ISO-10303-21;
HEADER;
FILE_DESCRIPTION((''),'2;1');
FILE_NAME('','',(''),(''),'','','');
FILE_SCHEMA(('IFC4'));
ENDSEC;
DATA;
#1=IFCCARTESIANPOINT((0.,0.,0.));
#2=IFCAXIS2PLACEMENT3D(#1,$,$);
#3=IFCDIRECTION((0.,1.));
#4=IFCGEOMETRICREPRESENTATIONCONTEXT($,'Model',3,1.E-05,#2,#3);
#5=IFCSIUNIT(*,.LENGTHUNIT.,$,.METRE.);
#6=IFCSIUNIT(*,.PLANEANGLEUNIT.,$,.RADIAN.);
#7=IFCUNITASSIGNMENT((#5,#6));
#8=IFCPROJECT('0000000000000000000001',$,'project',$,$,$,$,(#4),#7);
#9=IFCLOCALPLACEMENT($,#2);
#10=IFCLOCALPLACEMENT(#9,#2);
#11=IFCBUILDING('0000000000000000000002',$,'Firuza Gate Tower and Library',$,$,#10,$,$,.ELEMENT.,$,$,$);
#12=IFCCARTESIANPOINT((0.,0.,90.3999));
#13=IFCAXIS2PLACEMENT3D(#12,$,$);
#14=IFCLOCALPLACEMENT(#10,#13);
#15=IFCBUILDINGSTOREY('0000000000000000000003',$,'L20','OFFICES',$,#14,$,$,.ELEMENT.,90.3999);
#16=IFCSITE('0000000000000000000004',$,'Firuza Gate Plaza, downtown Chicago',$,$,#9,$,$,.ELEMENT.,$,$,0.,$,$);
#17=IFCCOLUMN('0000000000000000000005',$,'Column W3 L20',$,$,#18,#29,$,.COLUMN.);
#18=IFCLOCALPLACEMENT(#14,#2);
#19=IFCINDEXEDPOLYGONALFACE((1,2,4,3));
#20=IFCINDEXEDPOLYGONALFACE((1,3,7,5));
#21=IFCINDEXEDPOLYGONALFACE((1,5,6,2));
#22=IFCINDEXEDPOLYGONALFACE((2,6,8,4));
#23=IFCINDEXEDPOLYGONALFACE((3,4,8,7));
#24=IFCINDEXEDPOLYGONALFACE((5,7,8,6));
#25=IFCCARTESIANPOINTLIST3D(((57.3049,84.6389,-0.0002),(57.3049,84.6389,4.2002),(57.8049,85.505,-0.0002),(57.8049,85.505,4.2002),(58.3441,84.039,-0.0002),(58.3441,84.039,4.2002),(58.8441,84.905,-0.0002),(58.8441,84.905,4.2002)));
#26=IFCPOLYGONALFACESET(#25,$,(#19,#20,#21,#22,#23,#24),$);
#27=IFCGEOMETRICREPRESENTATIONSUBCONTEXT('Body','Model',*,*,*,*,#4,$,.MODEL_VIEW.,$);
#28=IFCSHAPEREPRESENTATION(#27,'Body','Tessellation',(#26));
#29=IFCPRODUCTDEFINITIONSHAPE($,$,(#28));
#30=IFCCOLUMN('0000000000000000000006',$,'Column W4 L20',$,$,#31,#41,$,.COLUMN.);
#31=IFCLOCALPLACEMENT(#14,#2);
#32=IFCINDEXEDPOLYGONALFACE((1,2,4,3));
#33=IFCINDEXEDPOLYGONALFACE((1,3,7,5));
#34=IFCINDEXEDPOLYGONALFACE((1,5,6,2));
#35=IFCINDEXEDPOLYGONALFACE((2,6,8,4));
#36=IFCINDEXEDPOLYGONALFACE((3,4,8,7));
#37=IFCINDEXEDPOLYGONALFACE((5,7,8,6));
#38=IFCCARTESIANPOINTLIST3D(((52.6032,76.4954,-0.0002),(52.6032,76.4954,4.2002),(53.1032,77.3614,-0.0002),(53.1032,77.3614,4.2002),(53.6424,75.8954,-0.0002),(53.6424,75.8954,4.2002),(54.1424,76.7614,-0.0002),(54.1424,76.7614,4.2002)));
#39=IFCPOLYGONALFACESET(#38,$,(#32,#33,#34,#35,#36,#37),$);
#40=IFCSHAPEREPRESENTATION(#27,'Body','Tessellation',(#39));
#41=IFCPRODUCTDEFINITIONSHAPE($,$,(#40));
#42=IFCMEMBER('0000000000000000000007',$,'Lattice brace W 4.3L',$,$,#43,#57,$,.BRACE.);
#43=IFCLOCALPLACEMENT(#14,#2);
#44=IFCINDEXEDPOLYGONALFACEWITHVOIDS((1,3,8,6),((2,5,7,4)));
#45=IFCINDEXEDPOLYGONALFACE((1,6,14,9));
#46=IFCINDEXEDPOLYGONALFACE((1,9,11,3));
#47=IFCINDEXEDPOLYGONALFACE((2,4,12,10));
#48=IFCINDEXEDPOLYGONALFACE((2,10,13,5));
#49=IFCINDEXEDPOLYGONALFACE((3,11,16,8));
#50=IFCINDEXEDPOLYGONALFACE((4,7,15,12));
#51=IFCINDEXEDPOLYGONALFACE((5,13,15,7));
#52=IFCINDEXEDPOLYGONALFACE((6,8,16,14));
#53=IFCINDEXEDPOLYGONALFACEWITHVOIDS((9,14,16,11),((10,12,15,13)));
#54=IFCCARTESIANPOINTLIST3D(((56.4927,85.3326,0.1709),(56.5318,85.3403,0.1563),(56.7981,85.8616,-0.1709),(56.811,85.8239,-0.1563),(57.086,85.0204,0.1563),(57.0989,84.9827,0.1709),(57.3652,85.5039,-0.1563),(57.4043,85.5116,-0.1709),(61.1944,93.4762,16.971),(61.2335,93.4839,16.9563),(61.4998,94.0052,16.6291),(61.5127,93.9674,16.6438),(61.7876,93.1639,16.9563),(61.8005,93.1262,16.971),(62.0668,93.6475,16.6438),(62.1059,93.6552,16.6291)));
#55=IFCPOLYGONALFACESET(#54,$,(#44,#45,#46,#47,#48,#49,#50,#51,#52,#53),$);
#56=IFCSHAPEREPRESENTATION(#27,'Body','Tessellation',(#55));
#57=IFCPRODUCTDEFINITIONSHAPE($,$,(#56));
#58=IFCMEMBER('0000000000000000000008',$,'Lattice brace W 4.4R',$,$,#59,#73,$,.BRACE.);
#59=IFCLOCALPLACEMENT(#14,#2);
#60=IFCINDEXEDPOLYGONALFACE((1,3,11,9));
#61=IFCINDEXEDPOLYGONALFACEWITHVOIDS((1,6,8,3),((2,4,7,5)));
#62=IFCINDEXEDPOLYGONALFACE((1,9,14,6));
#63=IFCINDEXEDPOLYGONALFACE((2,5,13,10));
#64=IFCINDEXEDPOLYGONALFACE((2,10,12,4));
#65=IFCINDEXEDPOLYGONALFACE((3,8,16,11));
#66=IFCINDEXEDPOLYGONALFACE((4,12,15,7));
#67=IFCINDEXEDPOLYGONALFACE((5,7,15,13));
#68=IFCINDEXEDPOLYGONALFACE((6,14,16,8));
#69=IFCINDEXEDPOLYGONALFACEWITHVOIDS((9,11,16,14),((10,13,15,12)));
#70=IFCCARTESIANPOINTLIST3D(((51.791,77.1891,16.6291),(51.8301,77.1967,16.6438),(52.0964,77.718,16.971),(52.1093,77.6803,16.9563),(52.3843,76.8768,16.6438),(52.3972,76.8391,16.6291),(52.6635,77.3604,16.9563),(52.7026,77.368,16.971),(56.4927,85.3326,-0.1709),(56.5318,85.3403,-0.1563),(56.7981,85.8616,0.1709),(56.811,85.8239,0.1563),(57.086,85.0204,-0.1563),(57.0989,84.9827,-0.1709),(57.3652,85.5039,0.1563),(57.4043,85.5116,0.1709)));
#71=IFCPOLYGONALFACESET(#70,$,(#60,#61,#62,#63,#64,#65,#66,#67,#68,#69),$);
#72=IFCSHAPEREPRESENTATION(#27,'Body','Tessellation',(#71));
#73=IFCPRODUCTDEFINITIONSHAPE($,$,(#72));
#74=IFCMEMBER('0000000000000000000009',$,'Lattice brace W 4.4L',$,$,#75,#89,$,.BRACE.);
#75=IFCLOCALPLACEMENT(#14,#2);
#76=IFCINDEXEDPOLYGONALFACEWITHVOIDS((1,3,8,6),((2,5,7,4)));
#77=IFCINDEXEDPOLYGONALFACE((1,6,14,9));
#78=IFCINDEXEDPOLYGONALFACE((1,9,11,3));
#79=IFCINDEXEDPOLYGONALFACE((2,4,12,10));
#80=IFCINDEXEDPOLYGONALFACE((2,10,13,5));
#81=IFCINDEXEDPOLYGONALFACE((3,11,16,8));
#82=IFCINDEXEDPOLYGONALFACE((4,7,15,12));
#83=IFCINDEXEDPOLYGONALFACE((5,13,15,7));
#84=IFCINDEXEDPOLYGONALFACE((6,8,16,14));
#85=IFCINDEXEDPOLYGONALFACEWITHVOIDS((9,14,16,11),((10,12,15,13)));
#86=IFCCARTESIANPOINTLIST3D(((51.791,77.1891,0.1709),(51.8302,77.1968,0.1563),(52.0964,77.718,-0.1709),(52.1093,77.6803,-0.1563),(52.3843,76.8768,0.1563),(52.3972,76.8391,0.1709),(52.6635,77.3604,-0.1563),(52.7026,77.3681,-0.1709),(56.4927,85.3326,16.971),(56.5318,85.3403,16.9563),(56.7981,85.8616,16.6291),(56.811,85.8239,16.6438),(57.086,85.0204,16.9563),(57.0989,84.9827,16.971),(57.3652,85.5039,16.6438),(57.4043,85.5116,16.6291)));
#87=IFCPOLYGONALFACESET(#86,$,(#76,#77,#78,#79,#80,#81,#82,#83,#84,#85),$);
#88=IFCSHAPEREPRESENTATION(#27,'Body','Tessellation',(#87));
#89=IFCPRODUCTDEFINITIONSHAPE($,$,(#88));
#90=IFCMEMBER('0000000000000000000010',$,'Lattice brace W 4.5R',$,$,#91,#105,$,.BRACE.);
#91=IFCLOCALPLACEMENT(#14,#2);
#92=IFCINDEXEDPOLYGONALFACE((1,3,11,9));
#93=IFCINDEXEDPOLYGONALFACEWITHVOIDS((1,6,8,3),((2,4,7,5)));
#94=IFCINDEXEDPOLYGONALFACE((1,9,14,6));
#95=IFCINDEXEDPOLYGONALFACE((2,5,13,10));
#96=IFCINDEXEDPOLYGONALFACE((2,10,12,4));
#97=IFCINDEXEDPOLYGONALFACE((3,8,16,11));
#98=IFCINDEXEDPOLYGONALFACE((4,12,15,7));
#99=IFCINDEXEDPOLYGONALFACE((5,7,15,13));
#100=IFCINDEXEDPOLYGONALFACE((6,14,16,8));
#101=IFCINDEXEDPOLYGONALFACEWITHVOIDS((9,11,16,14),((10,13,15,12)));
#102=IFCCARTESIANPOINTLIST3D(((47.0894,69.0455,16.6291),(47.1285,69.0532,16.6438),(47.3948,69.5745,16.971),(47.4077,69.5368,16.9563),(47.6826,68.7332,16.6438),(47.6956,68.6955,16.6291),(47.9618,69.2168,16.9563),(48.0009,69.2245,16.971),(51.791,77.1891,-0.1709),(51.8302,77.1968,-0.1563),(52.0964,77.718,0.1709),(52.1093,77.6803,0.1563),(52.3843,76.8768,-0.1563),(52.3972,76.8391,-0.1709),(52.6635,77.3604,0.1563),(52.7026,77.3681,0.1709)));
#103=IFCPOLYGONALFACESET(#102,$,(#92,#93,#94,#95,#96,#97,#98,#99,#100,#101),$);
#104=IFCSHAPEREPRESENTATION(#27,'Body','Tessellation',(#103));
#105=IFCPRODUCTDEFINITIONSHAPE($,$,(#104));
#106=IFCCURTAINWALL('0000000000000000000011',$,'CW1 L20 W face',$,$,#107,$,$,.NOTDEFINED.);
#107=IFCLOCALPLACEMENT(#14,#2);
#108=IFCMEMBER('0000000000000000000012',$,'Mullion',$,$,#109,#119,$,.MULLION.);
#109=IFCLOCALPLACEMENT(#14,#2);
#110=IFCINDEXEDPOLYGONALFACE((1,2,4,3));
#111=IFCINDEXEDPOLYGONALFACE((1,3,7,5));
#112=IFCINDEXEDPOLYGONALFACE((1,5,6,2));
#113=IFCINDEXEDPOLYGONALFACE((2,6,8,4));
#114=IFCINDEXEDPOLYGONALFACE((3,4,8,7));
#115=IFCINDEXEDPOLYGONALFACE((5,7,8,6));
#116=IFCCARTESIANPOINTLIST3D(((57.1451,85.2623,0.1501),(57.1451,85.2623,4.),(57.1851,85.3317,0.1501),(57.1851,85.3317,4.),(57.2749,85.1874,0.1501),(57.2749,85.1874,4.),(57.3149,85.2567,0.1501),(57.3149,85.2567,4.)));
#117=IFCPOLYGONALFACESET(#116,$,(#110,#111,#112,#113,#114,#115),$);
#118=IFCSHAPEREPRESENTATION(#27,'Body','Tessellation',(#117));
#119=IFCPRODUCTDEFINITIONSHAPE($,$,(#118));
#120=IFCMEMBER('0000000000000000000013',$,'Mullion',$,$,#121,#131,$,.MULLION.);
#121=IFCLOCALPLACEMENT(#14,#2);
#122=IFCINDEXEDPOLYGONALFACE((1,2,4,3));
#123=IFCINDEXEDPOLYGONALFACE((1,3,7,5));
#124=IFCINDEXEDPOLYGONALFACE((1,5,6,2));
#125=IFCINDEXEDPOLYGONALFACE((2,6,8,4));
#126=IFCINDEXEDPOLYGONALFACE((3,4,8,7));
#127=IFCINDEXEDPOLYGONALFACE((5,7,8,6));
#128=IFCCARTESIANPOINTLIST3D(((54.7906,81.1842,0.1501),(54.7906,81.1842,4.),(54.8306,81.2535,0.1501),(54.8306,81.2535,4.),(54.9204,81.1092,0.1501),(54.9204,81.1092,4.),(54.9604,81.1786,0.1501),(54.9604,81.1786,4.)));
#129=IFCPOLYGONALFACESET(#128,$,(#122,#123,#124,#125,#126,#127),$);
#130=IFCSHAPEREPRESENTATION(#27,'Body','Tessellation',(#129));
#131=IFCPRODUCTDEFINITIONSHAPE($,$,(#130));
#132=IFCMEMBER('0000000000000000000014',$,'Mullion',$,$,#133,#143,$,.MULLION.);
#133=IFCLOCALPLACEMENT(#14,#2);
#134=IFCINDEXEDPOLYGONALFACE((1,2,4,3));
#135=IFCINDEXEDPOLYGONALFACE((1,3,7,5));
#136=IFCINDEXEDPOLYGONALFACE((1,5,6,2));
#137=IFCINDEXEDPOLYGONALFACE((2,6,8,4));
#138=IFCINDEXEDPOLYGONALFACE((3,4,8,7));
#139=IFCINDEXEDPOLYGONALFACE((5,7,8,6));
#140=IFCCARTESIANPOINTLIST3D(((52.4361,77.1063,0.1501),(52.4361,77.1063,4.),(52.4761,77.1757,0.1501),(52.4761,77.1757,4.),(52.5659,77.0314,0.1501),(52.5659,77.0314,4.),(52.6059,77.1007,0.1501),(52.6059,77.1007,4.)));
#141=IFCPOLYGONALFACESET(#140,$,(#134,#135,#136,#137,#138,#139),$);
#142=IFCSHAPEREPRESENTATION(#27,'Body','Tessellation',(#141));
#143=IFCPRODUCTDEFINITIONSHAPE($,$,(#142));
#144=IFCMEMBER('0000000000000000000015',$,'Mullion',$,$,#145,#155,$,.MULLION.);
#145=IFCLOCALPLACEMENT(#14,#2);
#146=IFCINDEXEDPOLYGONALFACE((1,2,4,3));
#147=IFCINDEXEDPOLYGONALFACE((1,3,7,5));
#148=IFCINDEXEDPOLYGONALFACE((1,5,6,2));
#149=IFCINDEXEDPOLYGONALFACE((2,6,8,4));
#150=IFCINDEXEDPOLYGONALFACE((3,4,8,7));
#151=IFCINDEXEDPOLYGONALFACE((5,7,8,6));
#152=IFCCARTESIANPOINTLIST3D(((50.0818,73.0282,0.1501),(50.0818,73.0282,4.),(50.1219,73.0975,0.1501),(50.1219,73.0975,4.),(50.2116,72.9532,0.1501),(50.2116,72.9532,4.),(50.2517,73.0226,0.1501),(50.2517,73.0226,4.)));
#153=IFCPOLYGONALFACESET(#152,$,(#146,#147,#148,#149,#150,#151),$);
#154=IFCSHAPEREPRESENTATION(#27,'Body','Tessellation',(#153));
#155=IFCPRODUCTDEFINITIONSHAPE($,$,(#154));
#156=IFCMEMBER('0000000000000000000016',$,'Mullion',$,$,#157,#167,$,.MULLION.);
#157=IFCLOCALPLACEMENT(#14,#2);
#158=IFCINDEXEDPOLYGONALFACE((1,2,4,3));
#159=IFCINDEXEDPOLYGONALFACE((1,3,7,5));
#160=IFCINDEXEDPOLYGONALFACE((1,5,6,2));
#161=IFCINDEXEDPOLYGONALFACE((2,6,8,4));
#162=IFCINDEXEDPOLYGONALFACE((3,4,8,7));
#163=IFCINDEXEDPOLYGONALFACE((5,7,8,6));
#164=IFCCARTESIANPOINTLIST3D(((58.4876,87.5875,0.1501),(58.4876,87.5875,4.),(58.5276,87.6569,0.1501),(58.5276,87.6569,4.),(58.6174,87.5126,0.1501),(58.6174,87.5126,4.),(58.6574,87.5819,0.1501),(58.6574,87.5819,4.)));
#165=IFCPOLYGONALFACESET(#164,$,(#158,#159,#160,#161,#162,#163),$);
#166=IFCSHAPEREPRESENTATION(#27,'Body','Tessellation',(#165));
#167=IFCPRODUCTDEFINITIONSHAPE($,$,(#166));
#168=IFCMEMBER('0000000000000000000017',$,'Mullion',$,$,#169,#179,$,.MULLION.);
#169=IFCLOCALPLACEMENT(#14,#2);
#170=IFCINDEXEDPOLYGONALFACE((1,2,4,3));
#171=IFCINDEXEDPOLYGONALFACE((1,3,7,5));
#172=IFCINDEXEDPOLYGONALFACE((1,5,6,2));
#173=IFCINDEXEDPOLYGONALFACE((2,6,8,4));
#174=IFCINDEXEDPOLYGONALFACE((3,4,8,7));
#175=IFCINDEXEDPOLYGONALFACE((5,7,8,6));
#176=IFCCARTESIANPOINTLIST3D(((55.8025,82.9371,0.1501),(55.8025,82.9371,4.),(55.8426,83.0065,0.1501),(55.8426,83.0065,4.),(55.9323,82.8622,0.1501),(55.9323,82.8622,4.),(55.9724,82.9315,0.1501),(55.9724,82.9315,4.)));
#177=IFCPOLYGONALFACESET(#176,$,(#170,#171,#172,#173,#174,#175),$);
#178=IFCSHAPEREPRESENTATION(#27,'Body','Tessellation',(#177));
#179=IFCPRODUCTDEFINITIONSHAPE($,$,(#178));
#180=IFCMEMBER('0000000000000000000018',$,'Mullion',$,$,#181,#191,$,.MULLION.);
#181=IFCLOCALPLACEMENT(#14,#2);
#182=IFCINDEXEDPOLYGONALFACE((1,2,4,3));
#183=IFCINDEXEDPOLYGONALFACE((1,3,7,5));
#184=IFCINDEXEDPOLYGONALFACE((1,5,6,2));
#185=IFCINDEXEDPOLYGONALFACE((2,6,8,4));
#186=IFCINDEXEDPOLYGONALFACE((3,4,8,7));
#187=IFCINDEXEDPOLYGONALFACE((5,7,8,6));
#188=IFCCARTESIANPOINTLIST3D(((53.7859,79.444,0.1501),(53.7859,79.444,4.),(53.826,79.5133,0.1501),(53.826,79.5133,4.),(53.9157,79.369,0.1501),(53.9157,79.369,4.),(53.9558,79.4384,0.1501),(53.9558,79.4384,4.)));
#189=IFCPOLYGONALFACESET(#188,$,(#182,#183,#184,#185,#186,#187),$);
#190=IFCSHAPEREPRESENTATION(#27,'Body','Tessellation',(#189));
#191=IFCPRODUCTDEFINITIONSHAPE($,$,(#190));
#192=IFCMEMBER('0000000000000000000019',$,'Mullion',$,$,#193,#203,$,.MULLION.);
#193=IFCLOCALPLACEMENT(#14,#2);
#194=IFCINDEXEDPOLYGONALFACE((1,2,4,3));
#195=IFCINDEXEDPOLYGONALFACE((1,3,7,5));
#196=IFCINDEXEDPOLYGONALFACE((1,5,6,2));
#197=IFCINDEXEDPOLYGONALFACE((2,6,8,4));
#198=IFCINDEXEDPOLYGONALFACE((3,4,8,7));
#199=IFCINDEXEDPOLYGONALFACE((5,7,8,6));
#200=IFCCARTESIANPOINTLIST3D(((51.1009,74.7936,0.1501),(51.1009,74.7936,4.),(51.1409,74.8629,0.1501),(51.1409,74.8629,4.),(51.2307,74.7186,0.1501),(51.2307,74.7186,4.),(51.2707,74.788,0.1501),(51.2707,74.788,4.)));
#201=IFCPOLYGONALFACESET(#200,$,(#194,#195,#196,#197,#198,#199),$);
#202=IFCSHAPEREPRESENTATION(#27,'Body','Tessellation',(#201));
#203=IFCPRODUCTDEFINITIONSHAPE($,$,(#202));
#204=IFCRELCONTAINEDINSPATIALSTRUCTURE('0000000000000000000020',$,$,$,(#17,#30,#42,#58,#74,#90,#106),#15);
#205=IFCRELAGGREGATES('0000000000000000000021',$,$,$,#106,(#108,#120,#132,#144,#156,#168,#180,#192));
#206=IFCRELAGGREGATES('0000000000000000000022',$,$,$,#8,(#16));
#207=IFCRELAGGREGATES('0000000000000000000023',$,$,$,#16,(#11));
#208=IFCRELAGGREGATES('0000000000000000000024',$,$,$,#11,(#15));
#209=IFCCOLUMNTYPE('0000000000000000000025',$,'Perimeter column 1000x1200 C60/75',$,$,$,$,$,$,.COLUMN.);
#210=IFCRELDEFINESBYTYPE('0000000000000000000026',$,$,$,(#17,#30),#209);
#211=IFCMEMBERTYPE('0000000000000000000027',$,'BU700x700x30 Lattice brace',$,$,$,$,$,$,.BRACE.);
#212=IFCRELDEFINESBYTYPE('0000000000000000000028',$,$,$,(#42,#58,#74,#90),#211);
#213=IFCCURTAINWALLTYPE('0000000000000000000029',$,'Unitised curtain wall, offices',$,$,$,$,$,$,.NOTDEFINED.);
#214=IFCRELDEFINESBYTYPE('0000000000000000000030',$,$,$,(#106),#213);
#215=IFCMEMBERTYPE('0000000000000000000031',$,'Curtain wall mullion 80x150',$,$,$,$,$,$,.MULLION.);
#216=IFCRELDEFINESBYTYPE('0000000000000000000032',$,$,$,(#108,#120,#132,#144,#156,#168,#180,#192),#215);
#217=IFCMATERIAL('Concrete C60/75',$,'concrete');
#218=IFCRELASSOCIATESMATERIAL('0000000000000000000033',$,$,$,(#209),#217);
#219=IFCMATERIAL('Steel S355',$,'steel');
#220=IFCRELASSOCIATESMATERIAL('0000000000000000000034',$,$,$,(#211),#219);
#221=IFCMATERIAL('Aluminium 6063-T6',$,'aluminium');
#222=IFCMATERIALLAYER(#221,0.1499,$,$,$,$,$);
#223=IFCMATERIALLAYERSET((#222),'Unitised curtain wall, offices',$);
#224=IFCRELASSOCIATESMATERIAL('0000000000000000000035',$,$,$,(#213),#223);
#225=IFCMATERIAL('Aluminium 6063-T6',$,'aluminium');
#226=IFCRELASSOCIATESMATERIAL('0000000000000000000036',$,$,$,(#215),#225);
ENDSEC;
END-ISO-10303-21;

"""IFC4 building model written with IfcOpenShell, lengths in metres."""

from ifc_helpers import new_model, si_unit, direction, frame, origin, origin_2d, place, context, subcontext, project, spatial, rectangle, hollow_rectangle, extrude, material, layer, layer_set, material_profile, profile_set, type_object, element, aggregate, save


model = new_model("IFC4")

# Units and contexts
model_context = context("Model", 3, precision=1e-05, world=origin(), true_north=direction((0.0, 1.0)))
body_context = subcontext(model_context, "Body", "Model", "MODEL_VIEW")
ifc_project = project(units=[si_unit("LENGTHUNIT", "METRE"), si_unit("PLANEANGLEUNIT", "RADIAN")], contexts=[model_context])

# Site, building, storey
site_placement = place(None, origin())
site = spatial("IfcSite", under=ifc_project, at=site_placement, Name="Firuza Gate Plaza, downtown Chicago", CompositionType="ELEMENT", RefElevation=0.0)
building_placement = place(site_placement, origin())
building = spatial("IfcBuilding", under=site, at=building_placement, Name="Firuza Gate Tower and Library", CompositionType="ELEMENT")
storey_placement = place(building_placement, frame((0.0, 0.0, 90.3999)))
storey = spatial("IfcBuildingStorey", under=building, at=storey_placement, Name="L20", Description="OFFICES", CompositionType="ELEMENT", Elevation=90.3999)

# Columns
ifc_material_1 = material(Name="Concrete C60/75", Category="concrete")
ifc_material_profile_1 = material_profile(ifc_material_1, rectangle(XDim=1.0, YDim=1.2, at=origin_2d()))
ifc_profile_set_1 = profile_set([ifc_material_profile_1], Name="Concrete C60/75")
column_type = type_object("IfcColumnType", Name="Perimeter column 1000x1200 C60/75", PredefinedType="COLUMN", material=ifc_profile_set_1)
for number, where, z_axis, x_axis, name in (
    (1, (58.0745, 84.772, -0.0002), (0.0, 0.0, 1.0), (-0.5, -0.866025, 0.0), "Column W3 L20"),
    (2, (53.3728, 76.6284, -0.0002), (0.0, 0.0, 1.0), (-0.5, -0.866025, 0.0), "Column W4 L20"),
):
    element("IfcColumn", number, at=place(storey_placement, frame(where, z_axis=z_axis, x_axis=x_axis)), inside=storey, type_object=column_type, Name=name, PredefinedType="COLUMN", context=body_context, shape_type="SweptSolid", body=[
        extrude(rectangle(XDim=1.0, YDim=1.2, at=origin_2d()), origin(), (0.0, 0.0, 1.0), 4.2004),
    ])

# Members
ifc_material_2 = material(Name="Steel S355", Category="steel")
ifc_material_profile_2 = material_profile(ifc_material_2, hollow_rectangle(XDim=0.7, YDim=0.7, WallThickness=0.03, at=origin_2d()))
ifc_profile_set_2 = profile_set([ifc_material_profile_2], Name="Steel S355")
member_type_1 = type_object("IfcMemberType", Name="BU700x700x30 Lattice brace", PredefinedType="BRACE", material=ifc_profile_set_2)
for number, where, z_axis, x_axis, name in (
    (3, (56.9485, 85.4221, 0.0), (0.244208, 0.422983, 0.872609), (-0.866026, 0.499998, 0.0), "Lattice brace W 4.3L"),
    (4, (56.9485, 85.4221, 0.0), (-0.244208, -0.422983, 0.872609), (0.866026, -0.499998, 0.0), "Lattice brace W 4.4R"),
    (5, (52.2468, 77.2786, 0.0), (0.244208, 0.422983, 0.872609), (-0.866026, 0.499998, 0.0), "Lattice brace W 4.4L"),
    (6, (52.2468, 77.2786, 0.0), (-0.244208, -0.422983, 0.872609), (0.866026, -0.499998, 0.0), "Lattice brace W 4.5R"),
):
    element("IfcMember", number, at=place(storey_placement, frame(where, z_axis=z_axis, x_axis=x_axis)), inside=storey, type_object=member_type_1, Name=name, PredefinedType="BRACE", context=body_context, shape_type="SweptSolid", body=[
        extrude(hollow_rectangle(XDim=0.7, YDim=0.7, WallThickness=0.03, at=origin_2d()), origin(), (0.0, 0.0, 1.0), 19.2527),
    ])

# Curtain wall, members
ifc_material_3 = material(Name="Aluminium 6063-T6", Category="aluminium")
ifc_layer_1 = layer(ifc_material_3, 0.1499)
ifc_layer_set_1 = layer_set([ifc_layer_1], Name="Unitised curtain wall, offices")
curtain_wall_type = type_object("IfcCurtainWallType", Name="Unitised curtain wall, offices", PredefinedType="NOTDEFINED", material=ifc_layer_set_1)
curtain_wall_placement = place(storey_placement, origin())
curtain_wall = element("IfcCurtainWall", 7, at=curtain_wall_placement, inside=storey, type_object=curtain_wall_type, Name="CW1 L20 W face", PredefinedType="NOTDEFINED")
ifc_material_4 = material(Name="Aluminium 6063-T6", Category="aluminium")
ifc_material_profile_3 = material_profile(ifc_material_4, rectangle(XDim=0.1499, YDim=0.0801, at=origin_2d()))
ifc_profile_set_3 = profile_set([ifc_material_profile_3], Name="Aluminium 6063-T6")
member_type_2 = type_object("IfcMemberType", Name="Curtain wall mullion 80x150", PredefinedType="MULLION", material=ifc_profile_set_3)
member_1_placement = place(storey_placement, frame((57.23, 85.2595, 0.1501), z_axis=(0.0, 0.0, 1.0), x_axis=(0.866025, -0.5, 0.0)))
member_1 = element("IfcMember", 8, at=member_1_placement, type_object=member_type_2, Name="Mullion", PredefinedType="MULLION", context=body_context, shape_type="SweptSolid", body=[
    extrude(rectangle(XDim=0.1499, YDim=0.0801, at=origin_2d()), origin(), (0.0, 0.0, 1.0), 3.8499),
])
member_2_placement = place(storey_placement, frame((54.8755, 81.1814, 0.1501), z_axis=(0.0, 0.0, 1.0), x_axis=(0.866025, -0.5, 0.0)))
member_2 = element("IfcMember", 9, at=member_2_placement, type_object=member_type_2, Name="Mullion", PredefinedType="MULLION", context=body_context, shape_type="SweptSolid", body=[
    extrude(rectangle(XDim=0.1499, YDim=0.0801, at=origin_2d()), origin(), (0.0, 0.0, 1.0), 3.8499),
])
member_3_placement = place(storey_placement, frame((52.521, 77.1035, 0.1501), z_axis=(0.0, 0.0, 1.0), x_axis=(0.866025, -0.5, 0.0)))
member_3 = element("IfcMember", 10, at=member_3_placement, type_object=member_type_2, Name="Mullion", PredefinedType="MULLION", context=body_context, shape_type="SweptSolid", body=[
    extrude(rectangle(XDim=0.1499, YDim=0.0801, at=origin_2d()), origin(), (0.0, 0.0, 1.0), 3.8499),
])
member_4_placement = place(storey_placement, frame((50.1667, 73.0254, 0.1501), z_axis=(0.0, 0.0, 1.0), x_axis=(0.866025, -0.5, 0.0)))
member_4 = element("IfcMember", 11, at=member_4_placement, type_object=member_type_2, Name="Mullion", PredefinedType="MULLION", context=body_context, shape_type="SweptSolid", body=[
    extrude(rectangle(XDim=0.1499, YDim=0.0801, at=origin_2d()), origin(), (0.0, 0.0, 1.0), 3.8499),
])
member_5_placement = place(storey_placement, frame((58.5725, 87.5847, 0.1501), z_axis=(0.0, 0.0, 1.0), x_axis=(0.866025, -0.5, 0.0)))
member_5 = element("IfcMember", 12, at=member_5_placement, type_object=member_type_2, Name="Mullion", PredefinedType="MULLION", context=body_context, shape_type="SweptSolid", body=[
    extrude(rectangle(XDim=0.1499, YDim=0.0801, at=origin_2d()), origin(), (0.0, 0.0, 1.0), 3.8499),
])
member_6_placement = place(storey_placement, frame((55.8875, 82.9343, 0.1501), z_axis=(0.0, 0.0, 1.0), x_axis=(0.866025, -0.5, 0.0)))
member_6 = element("IfcMember", 13, at=member_6_placement, type_object=member_type_2, Name="Mullion", PredefinedType="MULLION", context=body_context, shape_type="SweptSolid", body=[
    extrude(rectangle(XDim=0.1499, YDim=0.0801, at=origin_2d()), origin(), (0.0, 0.0, 1.0), 3.8499),
])
member_7_placement = place(storey_placement, frame((53.8708, 79.4412, 0.1501), z_axis=(0.0, 0.0, 1.0), x_axis=(0.866025, -0.5, 0.0)))
member_7 = element("IfcMember", 14, at=member_7_placement, type_object=member_type_2, Name="Mullion", PredefinedType="MULLION", context=body_context, shape_type="SweptSolid", body=[
    extrude(rectangle(XDim=0.1499, YDim=0.0801, at=origin_2d()), origin(), (0.0, 0.0, 1.0), 3.8499),
])
member_8_placement = place(storey_placement, frame((51.1858, 74.7908, 0.1501), z_axis=(0.0, 0.0, 1.0), x_axis=(0.866025, -0.5, 0.0)))
member_8 = element("IfcMember", 15, at=member_8_placement, type_object=member_type_2, Name="Mullion", PredefinedType="MULLION", context=body_context, shape_type="SweptSolid", body=[
    extrude(rectangle(XDim=0.1499, YDim=0.0801, at=origin_2d()), origin(), (0.0, 0.0, 1.0), 3.8499),
])

aggregate(curtain_wall, [member_1, member_2, member_3, member_4, member_5, member_6, member_7, member_8])

save(model, "model.ifc")
